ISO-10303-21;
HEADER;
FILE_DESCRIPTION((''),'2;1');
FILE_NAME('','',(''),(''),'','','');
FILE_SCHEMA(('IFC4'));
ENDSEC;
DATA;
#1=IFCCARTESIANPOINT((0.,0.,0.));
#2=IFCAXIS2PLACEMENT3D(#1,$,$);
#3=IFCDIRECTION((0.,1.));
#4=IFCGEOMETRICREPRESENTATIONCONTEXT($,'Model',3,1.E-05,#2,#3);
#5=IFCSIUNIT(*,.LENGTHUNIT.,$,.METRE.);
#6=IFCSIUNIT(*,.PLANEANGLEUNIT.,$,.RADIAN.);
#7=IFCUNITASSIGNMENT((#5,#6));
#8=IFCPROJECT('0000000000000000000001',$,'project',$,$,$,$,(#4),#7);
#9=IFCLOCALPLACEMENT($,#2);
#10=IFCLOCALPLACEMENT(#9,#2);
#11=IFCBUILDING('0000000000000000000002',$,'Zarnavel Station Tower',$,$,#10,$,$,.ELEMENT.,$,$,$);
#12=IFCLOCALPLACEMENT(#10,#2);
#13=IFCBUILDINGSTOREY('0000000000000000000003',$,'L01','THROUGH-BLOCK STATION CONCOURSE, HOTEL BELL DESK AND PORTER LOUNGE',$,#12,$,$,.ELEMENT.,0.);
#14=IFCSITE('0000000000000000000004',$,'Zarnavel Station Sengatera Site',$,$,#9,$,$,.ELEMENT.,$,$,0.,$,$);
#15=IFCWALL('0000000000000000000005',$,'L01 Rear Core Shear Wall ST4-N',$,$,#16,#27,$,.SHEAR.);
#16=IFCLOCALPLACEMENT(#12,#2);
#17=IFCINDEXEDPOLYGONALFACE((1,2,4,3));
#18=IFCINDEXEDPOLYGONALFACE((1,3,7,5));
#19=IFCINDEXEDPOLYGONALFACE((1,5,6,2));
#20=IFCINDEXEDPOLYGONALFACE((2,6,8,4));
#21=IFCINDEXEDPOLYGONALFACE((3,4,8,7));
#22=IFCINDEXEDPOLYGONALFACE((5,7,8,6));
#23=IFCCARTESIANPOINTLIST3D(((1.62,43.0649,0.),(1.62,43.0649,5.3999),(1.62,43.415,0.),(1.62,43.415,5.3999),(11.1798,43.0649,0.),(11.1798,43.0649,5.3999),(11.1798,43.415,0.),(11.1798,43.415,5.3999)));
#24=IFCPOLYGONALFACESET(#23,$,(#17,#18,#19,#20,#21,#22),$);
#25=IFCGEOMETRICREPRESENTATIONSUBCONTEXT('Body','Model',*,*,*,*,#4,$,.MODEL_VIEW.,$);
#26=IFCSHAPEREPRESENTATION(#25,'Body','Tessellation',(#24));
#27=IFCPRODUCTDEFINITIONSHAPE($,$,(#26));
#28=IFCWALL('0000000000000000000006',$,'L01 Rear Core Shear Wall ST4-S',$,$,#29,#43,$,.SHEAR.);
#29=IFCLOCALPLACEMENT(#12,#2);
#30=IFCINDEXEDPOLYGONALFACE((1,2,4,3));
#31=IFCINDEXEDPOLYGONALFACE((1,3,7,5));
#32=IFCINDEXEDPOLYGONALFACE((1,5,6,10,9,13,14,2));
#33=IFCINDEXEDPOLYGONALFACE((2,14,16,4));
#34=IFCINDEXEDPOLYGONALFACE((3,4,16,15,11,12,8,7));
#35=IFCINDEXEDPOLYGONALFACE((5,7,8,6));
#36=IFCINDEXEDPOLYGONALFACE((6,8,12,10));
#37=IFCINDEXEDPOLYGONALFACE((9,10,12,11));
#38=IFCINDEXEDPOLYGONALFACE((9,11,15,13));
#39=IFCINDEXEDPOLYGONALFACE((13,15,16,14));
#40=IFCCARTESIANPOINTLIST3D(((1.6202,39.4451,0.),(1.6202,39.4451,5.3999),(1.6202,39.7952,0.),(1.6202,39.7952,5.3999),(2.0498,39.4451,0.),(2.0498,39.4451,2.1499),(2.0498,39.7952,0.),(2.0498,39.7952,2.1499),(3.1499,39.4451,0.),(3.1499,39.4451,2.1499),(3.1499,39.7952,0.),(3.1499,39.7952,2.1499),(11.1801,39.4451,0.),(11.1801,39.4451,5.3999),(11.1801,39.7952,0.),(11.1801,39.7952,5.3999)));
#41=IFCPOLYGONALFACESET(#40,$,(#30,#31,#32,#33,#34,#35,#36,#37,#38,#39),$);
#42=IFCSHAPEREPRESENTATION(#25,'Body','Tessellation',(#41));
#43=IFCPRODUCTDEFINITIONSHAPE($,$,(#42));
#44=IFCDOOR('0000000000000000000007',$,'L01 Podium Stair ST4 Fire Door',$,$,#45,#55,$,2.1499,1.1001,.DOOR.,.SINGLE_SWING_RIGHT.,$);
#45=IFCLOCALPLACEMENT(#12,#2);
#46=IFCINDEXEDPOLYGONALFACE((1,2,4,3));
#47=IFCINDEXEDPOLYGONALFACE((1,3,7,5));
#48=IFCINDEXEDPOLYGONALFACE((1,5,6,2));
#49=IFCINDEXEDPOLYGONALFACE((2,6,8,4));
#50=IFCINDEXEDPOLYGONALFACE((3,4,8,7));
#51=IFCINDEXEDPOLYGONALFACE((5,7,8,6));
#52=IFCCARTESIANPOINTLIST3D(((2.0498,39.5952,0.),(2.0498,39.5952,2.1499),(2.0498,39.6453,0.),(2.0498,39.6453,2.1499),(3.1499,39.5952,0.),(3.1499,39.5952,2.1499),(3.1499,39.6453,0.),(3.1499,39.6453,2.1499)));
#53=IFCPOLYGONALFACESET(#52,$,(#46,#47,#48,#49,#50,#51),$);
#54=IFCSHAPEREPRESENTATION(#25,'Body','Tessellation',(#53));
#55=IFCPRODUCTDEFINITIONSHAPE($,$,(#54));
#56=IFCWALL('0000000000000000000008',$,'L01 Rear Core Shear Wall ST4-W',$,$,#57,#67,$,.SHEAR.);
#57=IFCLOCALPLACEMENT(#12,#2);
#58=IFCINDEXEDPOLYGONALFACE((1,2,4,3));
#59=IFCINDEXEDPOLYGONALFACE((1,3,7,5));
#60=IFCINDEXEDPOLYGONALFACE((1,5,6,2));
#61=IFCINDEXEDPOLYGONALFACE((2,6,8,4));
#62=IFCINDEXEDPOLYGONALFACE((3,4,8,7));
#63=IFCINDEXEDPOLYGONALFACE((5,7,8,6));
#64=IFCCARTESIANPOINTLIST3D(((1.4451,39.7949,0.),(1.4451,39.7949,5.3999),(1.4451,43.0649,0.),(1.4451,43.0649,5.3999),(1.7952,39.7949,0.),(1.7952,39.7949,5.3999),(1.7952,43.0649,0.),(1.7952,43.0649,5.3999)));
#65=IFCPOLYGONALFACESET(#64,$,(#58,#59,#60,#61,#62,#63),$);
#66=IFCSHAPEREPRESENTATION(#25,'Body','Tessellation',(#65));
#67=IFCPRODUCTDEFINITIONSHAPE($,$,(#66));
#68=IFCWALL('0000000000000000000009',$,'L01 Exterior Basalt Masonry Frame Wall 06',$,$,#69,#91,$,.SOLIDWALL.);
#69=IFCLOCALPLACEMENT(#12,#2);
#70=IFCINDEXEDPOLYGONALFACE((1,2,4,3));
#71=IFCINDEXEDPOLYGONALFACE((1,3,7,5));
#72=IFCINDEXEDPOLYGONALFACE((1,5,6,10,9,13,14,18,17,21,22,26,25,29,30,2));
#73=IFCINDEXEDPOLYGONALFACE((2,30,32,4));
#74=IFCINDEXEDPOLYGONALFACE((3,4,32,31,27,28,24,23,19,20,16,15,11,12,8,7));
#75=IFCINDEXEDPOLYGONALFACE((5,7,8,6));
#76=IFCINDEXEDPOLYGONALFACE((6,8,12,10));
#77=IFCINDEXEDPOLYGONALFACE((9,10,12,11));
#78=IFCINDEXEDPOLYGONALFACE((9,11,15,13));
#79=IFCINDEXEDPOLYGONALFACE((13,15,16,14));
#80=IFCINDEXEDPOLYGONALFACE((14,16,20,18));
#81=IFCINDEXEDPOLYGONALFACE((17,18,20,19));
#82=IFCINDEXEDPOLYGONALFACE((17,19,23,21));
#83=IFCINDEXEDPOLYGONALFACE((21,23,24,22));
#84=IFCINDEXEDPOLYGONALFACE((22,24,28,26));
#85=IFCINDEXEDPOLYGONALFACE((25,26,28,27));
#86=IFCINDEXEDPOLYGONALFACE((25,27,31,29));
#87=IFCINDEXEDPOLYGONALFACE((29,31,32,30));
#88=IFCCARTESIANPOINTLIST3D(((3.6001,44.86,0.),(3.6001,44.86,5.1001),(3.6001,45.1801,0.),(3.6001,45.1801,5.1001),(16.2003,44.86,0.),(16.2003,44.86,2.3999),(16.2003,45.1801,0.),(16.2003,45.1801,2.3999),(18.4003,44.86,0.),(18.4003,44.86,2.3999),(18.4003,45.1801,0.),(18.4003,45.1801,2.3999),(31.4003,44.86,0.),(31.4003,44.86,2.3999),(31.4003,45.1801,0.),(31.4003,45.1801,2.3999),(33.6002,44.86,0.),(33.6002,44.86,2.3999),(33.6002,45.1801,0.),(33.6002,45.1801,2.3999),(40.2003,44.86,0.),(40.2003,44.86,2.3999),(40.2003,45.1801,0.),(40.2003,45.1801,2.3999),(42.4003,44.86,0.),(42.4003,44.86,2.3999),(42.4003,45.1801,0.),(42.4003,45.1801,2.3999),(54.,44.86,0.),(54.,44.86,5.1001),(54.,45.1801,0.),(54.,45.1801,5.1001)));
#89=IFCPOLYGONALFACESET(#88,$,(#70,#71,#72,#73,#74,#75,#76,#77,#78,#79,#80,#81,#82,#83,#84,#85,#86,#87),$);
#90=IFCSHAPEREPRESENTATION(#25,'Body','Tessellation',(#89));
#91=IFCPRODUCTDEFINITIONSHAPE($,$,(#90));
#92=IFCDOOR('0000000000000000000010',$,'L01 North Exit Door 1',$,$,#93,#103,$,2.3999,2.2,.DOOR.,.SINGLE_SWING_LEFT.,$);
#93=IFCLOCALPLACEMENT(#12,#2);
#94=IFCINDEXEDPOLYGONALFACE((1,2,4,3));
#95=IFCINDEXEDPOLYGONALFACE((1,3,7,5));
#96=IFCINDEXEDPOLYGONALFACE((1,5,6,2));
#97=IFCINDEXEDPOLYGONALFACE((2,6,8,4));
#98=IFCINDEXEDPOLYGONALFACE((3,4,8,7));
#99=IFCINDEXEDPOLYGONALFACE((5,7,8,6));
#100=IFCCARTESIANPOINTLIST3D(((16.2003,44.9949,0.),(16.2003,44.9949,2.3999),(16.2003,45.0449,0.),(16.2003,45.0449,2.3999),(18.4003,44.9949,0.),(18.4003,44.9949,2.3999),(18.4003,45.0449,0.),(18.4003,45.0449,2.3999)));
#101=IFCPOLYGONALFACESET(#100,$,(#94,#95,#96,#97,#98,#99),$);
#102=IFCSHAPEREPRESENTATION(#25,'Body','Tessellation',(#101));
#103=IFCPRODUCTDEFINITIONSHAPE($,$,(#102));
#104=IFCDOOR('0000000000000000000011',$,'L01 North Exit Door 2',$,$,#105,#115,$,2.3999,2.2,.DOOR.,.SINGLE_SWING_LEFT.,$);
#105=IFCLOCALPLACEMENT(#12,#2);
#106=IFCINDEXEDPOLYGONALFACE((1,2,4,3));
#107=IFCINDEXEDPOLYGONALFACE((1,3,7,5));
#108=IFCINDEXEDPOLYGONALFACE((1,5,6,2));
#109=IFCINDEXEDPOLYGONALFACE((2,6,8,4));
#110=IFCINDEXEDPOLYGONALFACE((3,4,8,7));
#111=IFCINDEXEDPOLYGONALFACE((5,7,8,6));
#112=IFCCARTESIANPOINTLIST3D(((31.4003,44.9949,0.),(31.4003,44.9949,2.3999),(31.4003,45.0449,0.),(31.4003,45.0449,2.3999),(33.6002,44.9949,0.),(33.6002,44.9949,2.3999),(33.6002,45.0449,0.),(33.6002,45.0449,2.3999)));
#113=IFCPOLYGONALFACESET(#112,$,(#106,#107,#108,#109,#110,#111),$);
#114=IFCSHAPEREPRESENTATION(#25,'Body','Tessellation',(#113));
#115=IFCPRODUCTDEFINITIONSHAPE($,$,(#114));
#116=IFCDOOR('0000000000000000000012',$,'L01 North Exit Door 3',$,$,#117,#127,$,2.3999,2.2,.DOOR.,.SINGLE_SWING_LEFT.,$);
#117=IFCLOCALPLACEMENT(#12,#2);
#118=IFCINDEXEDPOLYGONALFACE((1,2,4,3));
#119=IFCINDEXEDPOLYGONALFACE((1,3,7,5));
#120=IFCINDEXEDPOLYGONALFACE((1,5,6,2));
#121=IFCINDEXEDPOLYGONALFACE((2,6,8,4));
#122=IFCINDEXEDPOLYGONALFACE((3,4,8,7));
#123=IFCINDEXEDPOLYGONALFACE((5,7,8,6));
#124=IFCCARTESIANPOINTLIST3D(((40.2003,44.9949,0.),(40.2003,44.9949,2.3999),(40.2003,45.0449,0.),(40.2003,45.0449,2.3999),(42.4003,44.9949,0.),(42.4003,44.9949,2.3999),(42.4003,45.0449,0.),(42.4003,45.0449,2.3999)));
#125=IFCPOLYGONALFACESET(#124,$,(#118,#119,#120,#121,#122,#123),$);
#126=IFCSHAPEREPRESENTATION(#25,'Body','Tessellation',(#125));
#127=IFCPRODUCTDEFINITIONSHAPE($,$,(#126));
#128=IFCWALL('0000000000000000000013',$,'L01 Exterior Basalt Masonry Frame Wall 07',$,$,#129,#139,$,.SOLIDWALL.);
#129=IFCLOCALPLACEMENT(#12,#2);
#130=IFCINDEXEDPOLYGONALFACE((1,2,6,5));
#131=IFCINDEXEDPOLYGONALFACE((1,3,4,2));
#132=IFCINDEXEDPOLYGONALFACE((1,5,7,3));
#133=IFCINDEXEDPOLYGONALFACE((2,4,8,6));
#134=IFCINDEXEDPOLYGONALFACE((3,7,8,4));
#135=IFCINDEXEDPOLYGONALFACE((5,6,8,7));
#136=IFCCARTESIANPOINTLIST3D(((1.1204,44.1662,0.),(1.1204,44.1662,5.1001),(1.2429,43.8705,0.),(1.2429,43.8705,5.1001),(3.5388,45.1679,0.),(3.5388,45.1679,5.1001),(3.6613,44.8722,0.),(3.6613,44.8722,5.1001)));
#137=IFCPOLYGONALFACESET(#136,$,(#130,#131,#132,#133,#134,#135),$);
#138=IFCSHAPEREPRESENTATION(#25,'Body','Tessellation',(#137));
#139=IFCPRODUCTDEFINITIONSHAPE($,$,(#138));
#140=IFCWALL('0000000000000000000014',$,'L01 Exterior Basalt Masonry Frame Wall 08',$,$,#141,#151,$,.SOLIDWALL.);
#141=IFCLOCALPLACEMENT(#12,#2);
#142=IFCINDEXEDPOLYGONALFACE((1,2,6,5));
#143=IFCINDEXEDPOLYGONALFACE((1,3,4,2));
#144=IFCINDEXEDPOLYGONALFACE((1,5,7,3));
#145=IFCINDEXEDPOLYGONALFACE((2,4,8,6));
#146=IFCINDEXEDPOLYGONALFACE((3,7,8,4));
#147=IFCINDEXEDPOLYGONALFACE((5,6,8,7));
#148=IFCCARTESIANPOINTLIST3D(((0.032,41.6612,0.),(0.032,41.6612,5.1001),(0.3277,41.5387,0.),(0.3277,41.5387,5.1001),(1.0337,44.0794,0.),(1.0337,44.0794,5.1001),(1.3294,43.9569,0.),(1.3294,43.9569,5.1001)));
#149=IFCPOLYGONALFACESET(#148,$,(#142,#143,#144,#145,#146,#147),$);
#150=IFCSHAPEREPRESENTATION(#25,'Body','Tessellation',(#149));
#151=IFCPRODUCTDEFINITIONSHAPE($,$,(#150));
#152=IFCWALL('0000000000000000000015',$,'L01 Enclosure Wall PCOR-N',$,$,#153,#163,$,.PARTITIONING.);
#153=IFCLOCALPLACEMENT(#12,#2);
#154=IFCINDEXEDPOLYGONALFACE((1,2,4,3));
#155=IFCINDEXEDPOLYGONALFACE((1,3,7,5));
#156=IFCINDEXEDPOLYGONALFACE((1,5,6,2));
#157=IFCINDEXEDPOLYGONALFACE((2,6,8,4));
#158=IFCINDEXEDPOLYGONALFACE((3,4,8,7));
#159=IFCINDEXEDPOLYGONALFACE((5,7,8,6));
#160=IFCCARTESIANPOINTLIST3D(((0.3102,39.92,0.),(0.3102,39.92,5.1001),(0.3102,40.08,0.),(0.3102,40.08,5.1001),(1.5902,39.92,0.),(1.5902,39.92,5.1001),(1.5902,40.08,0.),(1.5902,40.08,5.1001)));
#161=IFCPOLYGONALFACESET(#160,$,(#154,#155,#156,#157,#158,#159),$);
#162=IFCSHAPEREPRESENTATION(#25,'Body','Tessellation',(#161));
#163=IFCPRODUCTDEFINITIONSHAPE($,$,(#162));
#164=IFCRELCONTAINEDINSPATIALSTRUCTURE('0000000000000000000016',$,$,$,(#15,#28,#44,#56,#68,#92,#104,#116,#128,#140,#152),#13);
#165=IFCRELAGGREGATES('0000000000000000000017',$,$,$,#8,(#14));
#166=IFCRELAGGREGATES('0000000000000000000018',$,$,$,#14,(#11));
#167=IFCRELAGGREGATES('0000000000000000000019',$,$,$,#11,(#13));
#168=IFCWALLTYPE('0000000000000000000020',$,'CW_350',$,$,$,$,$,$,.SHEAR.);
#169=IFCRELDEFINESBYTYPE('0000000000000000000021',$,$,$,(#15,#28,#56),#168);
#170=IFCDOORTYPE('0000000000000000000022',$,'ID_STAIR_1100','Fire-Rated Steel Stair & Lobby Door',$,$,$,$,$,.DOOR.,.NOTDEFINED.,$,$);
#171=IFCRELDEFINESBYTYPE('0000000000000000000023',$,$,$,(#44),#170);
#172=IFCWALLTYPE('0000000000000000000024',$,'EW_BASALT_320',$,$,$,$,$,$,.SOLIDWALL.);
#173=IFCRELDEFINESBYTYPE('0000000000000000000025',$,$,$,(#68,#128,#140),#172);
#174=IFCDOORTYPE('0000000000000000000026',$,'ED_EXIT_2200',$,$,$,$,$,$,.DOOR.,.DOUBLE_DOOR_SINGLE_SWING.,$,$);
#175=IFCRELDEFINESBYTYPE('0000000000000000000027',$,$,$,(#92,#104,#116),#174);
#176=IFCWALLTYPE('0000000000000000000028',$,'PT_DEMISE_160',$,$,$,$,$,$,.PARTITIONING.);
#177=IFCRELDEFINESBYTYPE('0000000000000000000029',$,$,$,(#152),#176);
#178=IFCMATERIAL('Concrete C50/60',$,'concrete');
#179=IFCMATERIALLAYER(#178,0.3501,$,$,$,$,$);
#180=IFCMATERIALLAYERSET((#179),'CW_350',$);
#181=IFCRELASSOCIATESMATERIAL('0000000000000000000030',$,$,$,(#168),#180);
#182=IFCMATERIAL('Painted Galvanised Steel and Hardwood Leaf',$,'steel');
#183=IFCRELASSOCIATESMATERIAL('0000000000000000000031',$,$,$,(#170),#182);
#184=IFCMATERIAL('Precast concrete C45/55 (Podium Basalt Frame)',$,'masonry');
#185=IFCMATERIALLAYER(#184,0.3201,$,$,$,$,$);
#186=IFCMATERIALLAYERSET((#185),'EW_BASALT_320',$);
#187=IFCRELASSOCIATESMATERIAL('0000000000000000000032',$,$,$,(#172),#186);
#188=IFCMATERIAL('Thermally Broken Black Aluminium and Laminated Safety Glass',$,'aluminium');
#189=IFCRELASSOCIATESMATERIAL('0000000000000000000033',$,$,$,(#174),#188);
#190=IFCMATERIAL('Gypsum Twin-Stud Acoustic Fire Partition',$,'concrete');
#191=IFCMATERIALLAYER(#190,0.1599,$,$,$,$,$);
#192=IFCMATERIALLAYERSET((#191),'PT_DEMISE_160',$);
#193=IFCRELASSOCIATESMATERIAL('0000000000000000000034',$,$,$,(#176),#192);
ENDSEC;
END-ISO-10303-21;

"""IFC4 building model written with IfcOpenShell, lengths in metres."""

from ifc_helpers import new_model, si_unit, direction, frame, frame_2d, origin, place, context, subcontext, project, spatial, rectangle, extrude, material, layer, layer_set, type_object, element, fill, save


model = new_model("IFC4")

# Units and contexts
model_context = context("Model", 3, precision=1e-05, world=origin(), true_north=direction((0.0, 1.0)))
body_context = subcontext(model_context, "Body", "Model", "MODEL_VIEW")
ifc_project = project(units=[si_unit("LENGTHUNIT", "METRE"), si_unit("PLANEANGLEUNIT", "RADIAN")], contexts=[model_context])

# Site, building, storey
site_placement = place(None, origin())
site = spatial("IfcSite", under=ifc_project, at=site_placement, Name="Zarnavel Station Sengatera Site", CompositionType="ELEMENT", RefElevation=0.0)
building_placement = place(site_placement, origin())
building = spatial("IfcBuilding", under=site, at=building_placement, Name="Zarnavel Station Tower", CompositionType="ELEMENT")
storey_placement = place(building_placement, origin())
storey = spatial("IfcBuildingStorey", under=building, at=storey_placement, Name="L01", Description="THROUGH-BLOCK STATION CONCOURSE, HOTEL BELL DESK AND PORTER LOUNGE", CompositionType="ELEMENT", Elevation=0.0)

# Wall
ifc_material_1 = material(Name="Concrete C50/60", Category="concrete")
ifc_layer_1 = layer(ifc_material_1, 0.3501)
ifc_layer_set_1 = layer_set([ifc_layer_1], Name="CW_350")
wall_type_1 = type_object("IfcWallType", Name="CW_350", PredefinedType="SHEAR", material=ifc_layer_set_1)
wall_1_placement = place(storey_placement, frame((1.6201, 43.24, 0.0), z_axis=(0.0, 0.0, 1.0), x_axis=(1.0, 0.0, 0.0)))
element("IfcWall", 1, at=wall_1_placement, inside=storey, type_object=wall_type_1, Name="L01 Rear Core Shear Wall ST4-N", PredefinedType="SHEAR", context=body_context, shape_type="SweptSolid", body=[
    extrude(rectangle(XDim=9.5598, YDim=0.3501, at=frame_2d((4.7798, 0.0))), origin(), (0.0, 0.0, 1.0), 5.3999),
])

# Wall, opening, door
wall_2_placement = place(storey_placement, frame((11.1799, 39.6201, 0.0), z_axis=(0.0, 0.0, 1.0), x_axis=(-1.0, 0.0, 0.0)))
wall_2 = element("IfcWall", 2, at=wall_2_placement, inside=storey, type_object=wall_type_1, Name="L01 Rear Core Shear Wall ST4-S", PredefinedType="SHEAR", context=body_context, shape_type="SweptSolid", body=[
    extrude(rectangle(XDim=9.5598, YDim=0.3501, at=frame_2d((4.7798, 0.0))), origin(), (0.0, 0.0, 1.0), 5.3999),
])
opening_1_placement = place(wall_2_placement, frame((8.03, 0.0, 0.0)))
opening_1 = element("IfcOpeningElement", 3, at=opening_1_placement, cuts=wall_2, PredefinedType="OPENING", context=body_context, shape_type="SweptSolid", body=[
    extrude(rectangle(XDim=1.1001, YDim=2.1499, at=frame_2d((0.55, 1.075))), frame((0.0, 0.1851, 0.0), z_axis=(0.0, -1.0, 0.0), x_axis=(1.0, 0.0, 0.0)), (0.0, 0.0, 1.0), 0.3701),
])
ifc_material_2 = material(Name="Painted Galvanised Steel and Hardwood Leaf", Category="steel")
door_type_1 = type_object("IfcDoorType", Name="ID_STAIR_1100", Description="Fire-Rated Steel Stair & Lobby Door", OperationType="NOTDEFINED", PredefinedType="DOOR", material=ifc_material_2)
door_1_placement = place(opening_1_placement, origin())
door_1 = element("IfcDoor", 4, at=door_1_placement, inside=storey, type_object=door_type_1, Name="L01 Podium Stair ST4 Fire Door", OperationType="SINGLE_SWING_RIGHT", OverallHeight=2.1499, OverallWidth=1.1001, PredefinedType="DOOR", context=body_context, shape_type="SweptSolid", body=[
    extrude(rectangle(XDim=1.1001, YDim=2.1499, at=frame_2d((0.55, 1.075))), frame((0.0, 0.0249, 0.0), z_axis=(0.0, -1.0, 0.0), x_axis=(1.0, 0.0, 0.0)), (0.0, 0.0, 1.0), 0.05),
])
fill(opening_1, door_1)

# Wall
wall_3_placement = place(storey_placement, frame((1.6201, 39.7949, 0.0), z_axis=(0.0, 0.0, 1.0), x_axis=(0.0, 1.0, 0.0)))
element("IfcWall", 5, at=wall_3_placement, inside=storey, type_object=wall_type_1, Name="L01 Rear Core Shear Wall ST4-W", PredefinedType="SHEAR", context=body_context, shape_type="SweptSolid", body=[
    extrude(rectangle(XDim=3.27, YDim=0.3501, at=frame_2d((1.635, 0.0))), origin(), (0.0, 0.0, 1.0), 5.3999),
])

# Wall, openings, doors
ifc_material_3 = material(Name="Precast concrete C45/55 (Podium Basalt Frame)", Category="masonry")
ifc_layer_2 = layer(ifc_material_3, 0.3201)
ifc_layer_set_2 = layer_set([ifc_layer_2], Name="EW_BASALT_320")
wall_type_2 = type_object("IfcWallType", Name="EW_BASALT_320", PredefinedType="SOLIDWALL", material=ifc_layer_set_2)
wall_4_placement = place(storey_placement, frame((3.6001, 45.02, 0.0), z_axis=(0.0, 0.0, 1.0), x_axis=(1.0, 0.0, 0.0)))
wall_4 = element("IfcWall", 6, at=wall_4_placement, inside=storey, type_object=wall_type_2, Name="L01 Exterior Basalt Masonry Frame Wall 06", PredefinedType="SOLIDWALL", context=body_context, shape_type="SweptSolid", body=[
    extrude(rectangle(XDim=50.3999, YDim=0.3201, at=frame_2d((25.2, 0.0))), origin(), (0.0, 0.0, 1.0), 5.1001),
])
opening_2_placement = place(wall_4_placement, frame((12.6001, 0.0, 0.0)))
opening_2 = element("IfcOpeningElement", 7, at=opening_2_placement, cuts=wall_4, PredefinedType="OPENING", context=body_context, shape_type="SweptSolid", body=[
    extrude(rectangle(XDim=2.2, YDim=2.3999, at=frame_2d((1.1001, 1.2))), frame((0.0, 0.1699, 0.0), z_axis=(0.0, -1.0, 0.0), x_axis=(1.0, 0.0, 0.0)), (0.0, 0.0, 1.0), 0.3401),
])
opening_3_placement = place(wall_4_placement, frame((27.8, 0.0, 0.0)))
opening_3 = element("IfcOpeningElement", 8, at=opening_3_placement, cuts=wall_4, PredefinedType="OPENING", context=body_context, shape_type="SweptSolid", body=[
    extrude(rectangle(XDim=2.2, YDim=2.3999, at=frame_2d((1.1001, 1.2))), frame((0.0, 0.1699, 0.0), z_axis=(0.0, -1.0, 0.0), x_axis=(1.0, 0.0, 0.0)), (0.0, 0.0, 1.0), 0.3401),
])
opening_4_placement = place(wall_4_placement, frame((36.6001, 0.0, 0.0)))
opening_4 = element("IfcOpeningElement", 9, at=opening_4_placement, cuts=wall_4, PredefinedType="OPENING", context=body_context, shape_type="SweptSolid", body=[
    extrude(rectangle(XDim=2.2, YDim=2.3999, at=frame_2d((1.1001, 1.2))), frame((0.0, 0.1699, 0.0), z_axis=(0.0, -1.0, 0.0), x_axis=(1.0, 0.0, 0.0)), (0.0, 0.0, 1.0), 0.3401),
])
ifc_material_4 = material(Name="Thermally Broken Black Aluminium and Laminated Safety Glass", Category="aluminium")
door_type_2 = type_object("IfcDoorType", Name="ED_EXIT_2200", OperationType="DOUBLE_DOOR_SINGLE_SWING", PredefinedType="DOOR", material=ifc_material_4)
door_2_placement = place(opening_2_placement, origin())
door_2 = element("IfcDoor", 10, at=door_2_placement, inside=storey, type_object=door_type_2, Name="L01 North Exit Door 1", OperationType="SINGLE_SWING_LEFT", OverallHeight=2.3999, OverallWidth=2.2, PredefinedType="DOOR", context=body_context, shape_type="SweptSolid", body=[
    extrude(rectangle(XDim=2.2, YDim=2.3999, at=frame_2d((1.1001, 1.2))), frame((0.0, 0.0249, 0.0), z_axis=(0.0, -1.0, 0.0), x_axis=(1.0, 0.0, 0.0)), (0.0, 0.0, 1.0), 0.05),
])
fill(opening_2, door_2)
door_3_placement = place(opening_3_placement, origin())
door_3 = element("IfcDoor", 11, at=door_3_placement, inside=storey, type_object=door_type_2, Name="L01 North Exit Door 2", OperationType="SINGLE_SWING_LEFT", OverallHeight=2.3999, OverallWidth=2.2, PredefinedType="DOOR", context=body_context, shape_type="SweptSolid", body=[
    extrude(rectangle(XDim=2.2, YDim=2.3999, at=frame_2d((1.1001, 1.2))), frame((0.0, 0.0249, 0.0), z_axis=(0.0, -1.0, 0.0), x_axis=(1.0, 0.0, 0.0)), (0.0, 0.0, 1.0), 0.05),
])
fill(opening_3, door_3)
door_4_placement = place(opening_4_placement, origin())
door_4 = element("IfcDoor", 12, at=door_4_placement, inside=storey, type_object=door_type_2, Name="L01 North Exit Door 3", OperationType="SINGLE_SWING_LEFT", OverallHeight=2.3999, OverallWidth=2.2, PredefinedType="DOOR", context=body_context, shape_type="SweptSolid", body=[
    extrude(rectangle(XDim=2.2, YDim=2.3999, at=frame_2d((1.1001, 1.2))), frame((0.0, 0.0249, 0.0), z_axis=(0.0, -1.0, 0.0), x_axis=(1.0, 0.0, 0.0)), (0.0, 0.0, 1.0), 0.05),
])
fill(opening_4, door_4)

# Walls
wall_5_placement = place(storey_placement, frame((1.1816, 44.0183, 0.0), z_axis=(0.0, 0.0, 1.0), x_axis=(0.923886, 0.382668, 0.0)))
element("IfcWall", 13, at=wall_5_placement, inside=storey, type_object=wall_type_2, Name="L01 Exterior Basalt Masonry Frame Wall 07", PredefinedType="SOLIDWALL", context=body_context, shape_type="SweptSolid", body=[
    extrude(rectangle(XDim=2.6177, YDim=0.3201, at=frame_2d((1.3088, 0.0))), origin(), (0.0, 0.0, 1.0), 5.1001),
])
wall_6_placement = place(storey_placement, frame((0.1799, 41.6001, 0.0), z_axis=(0.0, 0.0, 1.0), x_axis=(0.382701, 0.923872, 0.0)))
element("IfcWall", 14, at=wall_6_placement, inside=storey, type_object=wall_type_2, Name="L01 Exterior Basalt Masonry Frame Wall 08", PredefinedType="SOLIDWALL", context=body_context, shape_type="SweptSolid", body=[
    extrude(rectangle(XDim=2.6174, YDim=0.3201, at=frame_2d((1.3086, 0.0))), origin(), (0.0, 0.0, 1.0), 5.1001),
])
ifc_material_5 = material(Name="Gypsum Twin-Stud Acoustic Fire Partition", Category="concrete")
ifc_layer_3 = layer(ifc_material_5, 0.1599)
ifc_layer_set_3 = layer_set([ifc_layer_3], Name="PT_DEMISE_160")
wall_type_3 = type_object("IfcWallType", Name="PT_DEMISE_160", PredefinedType="PARTITIONING", material=ifc_layer_set_3)
wall_7_placement = place(storey_placement, frame((0.3101, 40.0, 0.0), z_axis=(0.0, 0.0, 1.0), x_axis=(1.0, 0.0, 0.0)))
element("IfcWall", 15, at=wall_7_placement, inside=storey, type_object=wall_type_3, Name="L01 Enclosure Wall PCOR-N", PredefinedType="PARTITIONING", context=body_context, shape_type="SweptSolid", body=[
    extrude(rectangle(XDim=1.28, YDim=0.1599, at=frame_2d((0.6401, 0.0))), origin(), (0.0, 0.0, 1.0), 5.1001),
])

save(model, "model.ifc")
